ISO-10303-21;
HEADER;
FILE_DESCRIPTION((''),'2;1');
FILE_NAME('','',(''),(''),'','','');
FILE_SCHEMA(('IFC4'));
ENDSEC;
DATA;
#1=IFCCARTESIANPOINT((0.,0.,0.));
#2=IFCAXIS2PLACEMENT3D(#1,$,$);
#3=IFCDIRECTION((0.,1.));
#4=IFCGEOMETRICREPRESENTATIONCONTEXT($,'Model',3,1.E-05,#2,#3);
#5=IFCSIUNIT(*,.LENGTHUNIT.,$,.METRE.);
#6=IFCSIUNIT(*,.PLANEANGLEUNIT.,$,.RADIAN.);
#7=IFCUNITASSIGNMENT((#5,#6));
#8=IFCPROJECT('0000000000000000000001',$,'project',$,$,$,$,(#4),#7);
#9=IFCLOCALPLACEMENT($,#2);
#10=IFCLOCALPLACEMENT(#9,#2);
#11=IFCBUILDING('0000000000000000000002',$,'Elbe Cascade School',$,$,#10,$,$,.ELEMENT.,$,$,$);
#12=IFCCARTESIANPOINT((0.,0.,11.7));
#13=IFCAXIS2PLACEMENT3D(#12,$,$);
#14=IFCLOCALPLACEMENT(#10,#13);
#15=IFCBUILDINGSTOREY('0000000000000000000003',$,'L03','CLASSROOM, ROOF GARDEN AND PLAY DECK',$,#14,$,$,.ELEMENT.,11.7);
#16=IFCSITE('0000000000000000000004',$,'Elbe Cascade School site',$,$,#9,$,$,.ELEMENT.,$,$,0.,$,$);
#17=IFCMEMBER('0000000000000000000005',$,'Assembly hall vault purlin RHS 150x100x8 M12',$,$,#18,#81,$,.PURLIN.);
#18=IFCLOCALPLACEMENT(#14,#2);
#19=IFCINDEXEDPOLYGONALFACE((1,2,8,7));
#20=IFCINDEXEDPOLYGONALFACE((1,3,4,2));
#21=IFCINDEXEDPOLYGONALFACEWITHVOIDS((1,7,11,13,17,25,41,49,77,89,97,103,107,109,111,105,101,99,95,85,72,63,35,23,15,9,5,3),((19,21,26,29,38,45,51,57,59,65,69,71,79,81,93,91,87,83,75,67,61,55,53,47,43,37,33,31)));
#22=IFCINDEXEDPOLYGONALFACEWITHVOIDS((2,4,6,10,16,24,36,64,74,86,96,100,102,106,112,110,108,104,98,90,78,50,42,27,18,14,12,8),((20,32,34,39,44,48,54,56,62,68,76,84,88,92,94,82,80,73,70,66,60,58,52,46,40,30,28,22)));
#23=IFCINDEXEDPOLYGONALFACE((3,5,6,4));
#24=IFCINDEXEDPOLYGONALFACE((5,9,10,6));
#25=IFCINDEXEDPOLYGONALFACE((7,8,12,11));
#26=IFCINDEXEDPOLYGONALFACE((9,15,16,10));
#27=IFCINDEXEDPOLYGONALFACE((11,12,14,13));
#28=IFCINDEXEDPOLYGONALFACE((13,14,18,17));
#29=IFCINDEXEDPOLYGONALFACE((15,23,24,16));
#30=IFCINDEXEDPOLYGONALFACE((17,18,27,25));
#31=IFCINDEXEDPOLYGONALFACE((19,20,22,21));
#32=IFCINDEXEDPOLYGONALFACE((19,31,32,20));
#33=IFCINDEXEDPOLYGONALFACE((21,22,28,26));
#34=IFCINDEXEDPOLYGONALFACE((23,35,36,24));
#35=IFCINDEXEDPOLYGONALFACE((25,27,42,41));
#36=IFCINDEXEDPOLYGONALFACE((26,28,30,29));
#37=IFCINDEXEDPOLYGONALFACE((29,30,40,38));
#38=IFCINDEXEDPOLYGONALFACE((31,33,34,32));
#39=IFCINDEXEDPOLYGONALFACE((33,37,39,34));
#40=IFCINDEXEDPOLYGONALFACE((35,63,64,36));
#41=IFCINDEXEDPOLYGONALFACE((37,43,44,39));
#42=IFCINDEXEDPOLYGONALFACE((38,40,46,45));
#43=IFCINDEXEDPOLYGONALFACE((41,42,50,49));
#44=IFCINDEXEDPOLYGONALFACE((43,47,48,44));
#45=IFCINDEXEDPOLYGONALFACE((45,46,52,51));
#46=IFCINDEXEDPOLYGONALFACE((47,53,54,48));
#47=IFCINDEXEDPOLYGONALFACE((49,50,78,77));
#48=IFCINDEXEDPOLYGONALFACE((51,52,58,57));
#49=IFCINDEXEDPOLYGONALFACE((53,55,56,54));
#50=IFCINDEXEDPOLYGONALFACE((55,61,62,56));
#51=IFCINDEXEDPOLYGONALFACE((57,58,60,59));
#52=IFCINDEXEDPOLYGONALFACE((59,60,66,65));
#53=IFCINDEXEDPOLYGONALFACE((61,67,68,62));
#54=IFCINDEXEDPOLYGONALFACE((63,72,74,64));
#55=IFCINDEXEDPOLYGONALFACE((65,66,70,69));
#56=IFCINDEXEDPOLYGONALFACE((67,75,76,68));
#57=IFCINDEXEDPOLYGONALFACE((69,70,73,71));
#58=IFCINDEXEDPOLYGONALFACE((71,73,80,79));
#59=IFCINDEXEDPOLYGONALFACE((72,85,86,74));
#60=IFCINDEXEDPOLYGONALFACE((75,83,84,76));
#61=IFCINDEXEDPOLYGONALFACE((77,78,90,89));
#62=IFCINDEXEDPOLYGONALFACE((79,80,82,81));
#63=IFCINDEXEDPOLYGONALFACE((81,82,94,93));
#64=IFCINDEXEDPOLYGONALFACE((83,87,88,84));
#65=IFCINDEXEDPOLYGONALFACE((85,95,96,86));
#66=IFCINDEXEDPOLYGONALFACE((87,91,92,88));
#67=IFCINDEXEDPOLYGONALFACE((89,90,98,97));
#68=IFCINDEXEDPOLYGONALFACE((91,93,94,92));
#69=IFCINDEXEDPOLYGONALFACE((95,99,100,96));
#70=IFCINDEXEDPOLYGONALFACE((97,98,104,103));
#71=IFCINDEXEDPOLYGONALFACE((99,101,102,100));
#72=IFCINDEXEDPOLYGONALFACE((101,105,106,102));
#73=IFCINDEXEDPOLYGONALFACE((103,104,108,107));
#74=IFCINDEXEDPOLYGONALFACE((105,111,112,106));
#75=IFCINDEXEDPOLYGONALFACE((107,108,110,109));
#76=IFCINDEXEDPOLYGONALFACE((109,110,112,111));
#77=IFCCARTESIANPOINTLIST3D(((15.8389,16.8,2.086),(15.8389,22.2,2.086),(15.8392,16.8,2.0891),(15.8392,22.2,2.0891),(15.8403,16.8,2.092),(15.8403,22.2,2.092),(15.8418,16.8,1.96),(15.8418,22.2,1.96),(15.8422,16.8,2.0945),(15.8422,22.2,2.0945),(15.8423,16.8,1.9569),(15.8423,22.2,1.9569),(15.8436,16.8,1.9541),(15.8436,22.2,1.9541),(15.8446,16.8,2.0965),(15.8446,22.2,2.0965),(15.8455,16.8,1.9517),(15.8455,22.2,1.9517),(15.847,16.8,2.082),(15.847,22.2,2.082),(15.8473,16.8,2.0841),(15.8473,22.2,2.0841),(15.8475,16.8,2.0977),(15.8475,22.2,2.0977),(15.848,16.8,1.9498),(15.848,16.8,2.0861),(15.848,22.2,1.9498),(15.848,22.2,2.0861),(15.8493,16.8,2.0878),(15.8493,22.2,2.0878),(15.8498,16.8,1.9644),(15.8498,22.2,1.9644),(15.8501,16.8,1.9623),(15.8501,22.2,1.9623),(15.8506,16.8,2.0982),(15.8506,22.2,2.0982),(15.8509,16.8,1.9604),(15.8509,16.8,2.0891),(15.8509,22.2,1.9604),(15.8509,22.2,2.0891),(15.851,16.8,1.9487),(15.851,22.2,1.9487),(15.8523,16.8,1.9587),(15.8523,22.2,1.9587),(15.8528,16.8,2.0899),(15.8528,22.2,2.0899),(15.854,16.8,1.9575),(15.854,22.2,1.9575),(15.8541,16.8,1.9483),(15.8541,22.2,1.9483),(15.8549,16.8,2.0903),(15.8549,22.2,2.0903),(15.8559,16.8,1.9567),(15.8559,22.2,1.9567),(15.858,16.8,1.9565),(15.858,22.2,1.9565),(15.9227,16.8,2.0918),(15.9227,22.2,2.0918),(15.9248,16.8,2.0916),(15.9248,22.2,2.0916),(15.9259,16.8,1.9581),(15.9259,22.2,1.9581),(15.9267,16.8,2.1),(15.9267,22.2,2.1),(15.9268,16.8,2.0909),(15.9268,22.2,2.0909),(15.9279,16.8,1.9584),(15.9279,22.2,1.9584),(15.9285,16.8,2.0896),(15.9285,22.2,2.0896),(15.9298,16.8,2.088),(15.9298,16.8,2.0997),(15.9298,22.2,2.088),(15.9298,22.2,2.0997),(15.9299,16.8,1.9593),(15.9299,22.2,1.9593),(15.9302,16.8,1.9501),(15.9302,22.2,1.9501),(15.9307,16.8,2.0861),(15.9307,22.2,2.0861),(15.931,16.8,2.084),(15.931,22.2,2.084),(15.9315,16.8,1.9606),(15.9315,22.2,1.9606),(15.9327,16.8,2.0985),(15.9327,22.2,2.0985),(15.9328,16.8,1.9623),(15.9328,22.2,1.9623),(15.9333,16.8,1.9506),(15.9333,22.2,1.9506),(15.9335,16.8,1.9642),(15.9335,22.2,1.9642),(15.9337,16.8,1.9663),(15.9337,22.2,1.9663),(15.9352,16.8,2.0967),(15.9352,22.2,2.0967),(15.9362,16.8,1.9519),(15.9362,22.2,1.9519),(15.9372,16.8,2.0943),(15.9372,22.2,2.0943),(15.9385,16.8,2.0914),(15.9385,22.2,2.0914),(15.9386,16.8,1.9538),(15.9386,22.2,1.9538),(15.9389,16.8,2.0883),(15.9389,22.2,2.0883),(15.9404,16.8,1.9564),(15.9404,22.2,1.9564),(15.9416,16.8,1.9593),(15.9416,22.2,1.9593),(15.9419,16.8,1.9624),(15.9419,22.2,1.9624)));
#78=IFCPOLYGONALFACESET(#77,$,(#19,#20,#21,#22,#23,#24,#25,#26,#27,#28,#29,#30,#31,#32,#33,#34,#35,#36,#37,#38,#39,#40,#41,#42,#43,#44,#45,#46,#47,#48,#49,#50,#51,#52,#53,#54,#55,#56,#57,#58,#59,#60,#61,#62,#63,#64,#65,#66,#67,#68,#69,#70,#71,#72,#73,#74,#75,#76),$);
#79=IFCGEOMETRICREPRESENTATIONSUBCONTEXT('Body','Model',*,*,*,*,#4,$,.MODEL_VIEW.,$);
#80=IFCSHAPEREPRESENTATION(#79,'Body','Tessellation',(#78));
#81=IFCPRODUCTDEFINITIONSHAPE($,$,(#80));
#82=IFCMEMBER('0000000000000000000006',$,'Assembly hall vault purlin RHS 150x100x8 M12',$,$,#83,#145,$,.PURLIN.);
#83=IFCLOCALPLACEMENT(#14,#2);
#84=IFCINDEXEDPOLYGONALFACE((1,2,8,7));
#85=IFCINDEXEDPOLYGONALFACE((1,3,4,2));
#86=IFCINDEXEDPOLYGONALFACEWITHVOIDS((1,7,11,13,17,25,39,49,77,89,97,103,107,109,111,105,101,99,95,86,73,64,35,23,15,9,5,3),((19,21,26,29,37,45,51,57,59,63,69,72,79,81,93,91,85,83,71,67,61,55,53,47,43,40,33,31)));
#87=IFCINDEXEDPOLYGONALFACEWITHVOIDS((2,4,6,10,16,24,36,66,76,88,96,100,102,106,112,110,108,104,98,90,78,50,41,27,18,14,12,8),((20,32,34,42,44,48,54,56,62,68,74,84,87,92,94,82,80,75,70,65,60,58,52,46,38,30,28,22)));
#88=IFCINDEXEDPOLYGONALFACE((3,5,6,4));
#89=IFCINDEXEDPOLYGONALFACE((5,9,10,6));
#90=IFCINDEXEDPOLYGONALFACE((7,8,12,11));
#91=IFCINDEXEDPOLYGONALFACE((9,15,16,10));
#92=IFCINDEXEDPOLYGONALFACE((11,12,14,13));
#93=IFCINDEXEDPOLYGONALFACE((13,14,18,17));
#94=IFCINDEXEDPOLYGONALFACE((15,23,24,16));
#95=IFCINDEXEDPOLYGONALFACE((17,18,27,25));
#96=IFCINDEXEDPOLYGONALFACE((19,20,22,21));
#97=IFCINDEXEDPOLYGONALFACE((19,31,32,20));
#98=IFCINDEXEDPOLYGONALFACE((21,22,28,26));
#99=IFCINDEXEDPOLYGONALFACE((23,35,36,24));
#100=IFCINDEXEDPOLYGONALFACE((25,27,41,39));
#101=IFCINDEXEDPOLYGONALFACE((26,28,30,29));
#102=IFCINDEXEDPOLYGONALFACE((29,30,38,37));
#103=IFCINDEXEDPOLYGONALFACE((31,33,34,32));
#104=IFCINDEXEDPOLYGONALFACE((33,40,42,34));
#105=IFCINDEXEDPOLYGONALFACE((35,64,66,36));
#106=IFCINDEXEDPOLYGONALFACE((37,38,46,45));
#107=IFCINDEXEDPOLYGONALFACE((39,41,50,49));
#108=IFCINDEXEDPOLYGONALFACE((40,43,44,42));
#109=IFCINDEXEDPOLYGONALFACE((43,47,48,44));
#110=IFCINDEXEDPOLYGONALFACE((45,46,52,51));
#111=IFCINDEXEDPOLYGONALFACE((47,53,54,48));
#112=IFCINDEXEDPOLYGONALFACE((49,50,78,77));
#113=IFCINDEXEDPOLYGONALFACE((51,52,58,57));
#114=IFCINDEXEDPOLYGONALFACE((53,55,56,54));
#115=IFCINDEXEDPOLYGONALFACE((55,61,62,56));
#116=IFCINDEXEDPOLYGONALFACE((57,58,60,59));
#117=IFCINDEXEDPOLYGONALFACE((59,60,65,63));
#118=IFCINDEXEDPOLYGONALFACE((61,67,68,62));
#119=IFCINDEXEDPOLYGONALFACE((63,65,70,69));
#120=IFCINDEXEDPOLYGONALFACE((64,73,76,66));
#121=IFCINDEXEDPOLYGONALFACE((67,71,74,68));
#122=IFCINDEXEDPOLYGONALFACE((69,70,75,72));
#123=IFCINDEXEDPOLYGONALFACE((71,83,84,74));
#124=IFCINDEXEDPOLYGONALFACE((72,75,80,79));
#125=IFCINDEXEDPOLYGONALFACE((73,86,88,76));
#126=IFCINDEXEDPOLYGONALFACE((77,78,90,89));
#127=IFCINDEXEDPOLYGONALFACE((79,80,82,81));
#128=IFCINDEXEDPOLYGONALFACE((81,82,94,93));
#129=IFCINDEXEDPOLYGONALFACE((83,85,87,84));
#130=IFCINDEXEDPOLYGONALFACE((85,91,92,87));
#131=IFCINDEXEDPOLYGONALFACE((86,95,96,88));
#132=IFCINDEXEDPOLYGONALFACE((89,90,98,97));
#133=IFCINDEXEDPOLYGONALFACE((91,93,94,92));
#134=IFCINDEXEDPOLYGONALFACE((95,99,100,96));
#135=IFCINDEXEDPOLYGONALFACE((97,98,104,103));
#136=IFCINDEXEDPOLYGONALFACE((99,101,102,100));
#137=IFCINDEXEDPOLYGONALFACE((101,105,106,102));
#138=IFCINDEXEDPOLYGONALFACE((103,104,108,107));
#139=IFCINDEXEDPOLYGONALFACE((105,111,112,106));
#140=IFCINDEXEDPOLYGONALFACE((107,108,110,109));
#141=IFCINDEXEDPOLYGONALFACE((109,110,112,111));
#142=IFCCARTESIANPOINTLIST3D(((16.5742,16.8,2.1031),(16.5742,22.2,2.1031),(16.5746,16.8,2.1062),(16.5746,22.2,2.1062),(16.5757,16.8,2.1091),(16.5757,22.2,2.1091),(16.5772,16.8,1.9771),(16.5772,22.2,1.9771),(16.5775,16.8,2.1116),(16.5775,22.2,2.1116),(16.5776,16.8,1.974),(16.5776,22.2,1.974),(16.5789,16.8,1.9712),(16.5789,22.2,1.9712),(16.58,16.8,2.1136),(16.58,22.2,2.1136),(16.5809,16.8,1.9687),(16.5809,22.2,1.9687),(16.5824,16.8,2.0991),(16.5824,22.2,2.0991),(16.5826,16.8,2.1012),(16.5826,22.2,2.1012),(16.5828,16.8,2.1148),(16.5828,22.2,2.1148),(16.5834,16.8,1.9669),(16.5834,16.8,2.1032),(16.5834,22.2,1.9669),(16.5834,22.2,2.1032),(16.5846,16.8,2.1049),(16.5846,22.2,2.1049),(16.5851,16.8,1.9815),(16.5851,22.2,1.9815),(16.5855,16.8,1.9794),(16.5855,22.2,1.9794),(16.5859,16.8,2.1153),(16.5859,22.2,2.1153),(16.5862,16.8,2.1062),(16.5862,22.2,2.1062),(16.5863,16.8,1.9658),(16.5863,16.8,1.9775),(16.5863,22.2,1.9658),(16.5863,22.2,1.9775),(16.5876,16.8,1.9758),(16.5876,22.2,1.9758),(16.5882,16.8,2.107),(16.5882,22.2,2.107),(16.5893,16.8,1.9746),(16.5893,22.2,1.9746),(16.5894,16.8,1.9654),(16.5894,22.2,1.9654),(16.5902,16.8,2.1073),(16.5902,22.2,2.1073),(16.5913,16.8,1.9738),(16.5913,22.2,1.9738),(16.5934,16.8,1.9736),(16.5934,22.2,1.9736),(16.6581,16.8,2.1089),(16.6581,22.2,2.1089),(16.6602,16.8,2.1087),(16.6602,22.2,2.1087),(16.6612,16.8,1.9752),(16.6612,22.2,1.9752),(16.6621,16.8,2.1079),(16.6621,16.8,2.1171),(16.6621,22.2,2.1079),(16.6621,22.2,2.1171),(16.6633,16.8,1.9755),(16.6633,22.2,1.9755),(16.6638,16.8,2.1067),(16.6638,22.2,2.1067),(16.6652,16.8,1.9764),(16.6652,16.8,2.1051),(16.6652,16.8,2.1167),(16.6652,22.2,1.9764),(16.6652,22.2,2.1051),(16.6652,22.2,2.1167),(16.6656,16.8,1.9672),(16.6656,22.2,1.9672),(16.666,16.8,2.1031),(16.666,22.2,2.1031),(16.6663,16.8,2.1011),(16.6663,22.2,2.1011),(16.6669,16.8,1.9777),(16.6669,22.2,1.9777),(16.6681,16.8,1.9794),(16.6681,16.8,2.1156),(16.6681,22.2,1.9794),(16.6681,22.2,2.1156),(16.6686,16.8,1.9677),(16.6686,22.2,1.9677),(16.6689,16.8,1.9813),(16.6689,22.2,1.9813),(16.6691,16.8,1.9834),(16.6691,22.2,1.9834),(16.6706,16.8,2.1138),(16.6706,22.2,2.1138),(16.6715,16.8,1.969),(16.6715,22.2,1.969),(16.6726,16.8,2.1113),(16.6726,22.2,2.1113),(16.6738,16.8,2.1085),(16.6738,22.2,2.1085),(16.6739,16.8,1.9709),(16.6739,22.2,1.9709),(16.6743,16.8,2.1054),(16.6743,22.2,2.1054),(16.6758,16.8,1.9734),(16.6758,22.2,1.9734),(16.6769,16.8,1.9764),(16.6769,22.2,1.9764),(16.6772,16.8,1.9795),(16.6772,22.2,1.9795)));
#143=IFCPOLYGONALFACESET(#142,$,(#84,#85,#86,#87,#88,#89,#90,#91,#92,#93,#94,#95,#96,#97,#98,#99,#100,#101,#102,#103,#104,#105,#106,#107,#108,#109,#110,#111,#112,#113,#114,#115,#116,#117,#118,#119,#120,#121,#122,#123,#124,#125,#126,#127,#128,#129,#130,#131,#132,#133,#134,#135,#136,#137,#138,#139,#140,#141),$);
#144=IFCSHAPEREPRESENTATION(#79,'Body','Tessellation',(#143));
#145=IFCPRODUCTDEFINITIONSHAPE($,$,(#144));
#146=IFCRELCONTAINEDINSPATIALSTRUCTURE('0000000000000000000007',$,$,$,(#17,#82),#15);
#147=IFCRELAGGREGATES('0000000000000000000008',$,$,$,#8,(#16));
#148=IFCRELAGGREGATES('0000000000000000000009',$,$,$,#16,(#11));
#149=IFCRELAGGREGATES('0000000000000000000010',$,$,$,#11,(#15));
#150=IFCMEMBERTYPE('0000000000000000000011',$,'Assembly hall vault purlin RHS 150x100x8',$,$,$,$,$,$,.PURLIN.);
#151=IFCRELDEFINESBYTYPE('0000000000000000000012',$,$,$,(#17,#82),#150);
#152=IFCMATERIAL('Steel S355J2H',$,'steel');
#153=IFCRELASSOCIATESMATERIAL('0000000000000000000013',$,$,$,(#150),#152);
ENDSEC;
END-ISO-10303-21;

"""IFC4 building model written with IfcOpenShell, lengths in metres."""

from ifc_helpers import new_model, si_unit, direction, frame, origin, origin_2d, place, context, subcontext, project, spatial, hollow_rectangle, extrude, material, material_profile, profile_set, type_object, element, save


model = new_model("IFC4")

# Units and contexts
model_context = context("Model", 3, precision=1e-05, world=origin(), true_north=direction((0.0, 1.0)))
body_context = subcontext(model_context, "Body", "Model", "MODEL_VIEW")
ifc_project = project(units=[si_unit("LENGTHUNIT", "METRE"), si_unit("PLANEANGLEUNIT", "RADIAN")], contexts=[model_context])

# Site, building, storey
site_placement = place(None, origin())
site = spatial("IfcSite", under=ifc_project, at=site_placement, Name="Elbe Cascade School site", CompositionType="ELEMENT", RefElevation=0.0)
building_placement = place(site_placement, origin())
building = spatial("IfcBuilding", under=site, at=building_placement, Name="Elbe Cascade School", CompositionType="ELEMENT")
storey_placement = place(building_placement, frame((0.0, 0.0, 11.7)))
storey = spatial("IfcBuildingStorey", under=building, at=storey_placement, Name="L03", Description="CLASSROOM, ROOF GARDEN AND PLAY DECK", CompositionType="ELEMENT", Elevation=11.7)

# Members
ifc_material_1 = material(Name="Steel S355J2H", Category="steel")
ifc_material_profile_1 = material_profile(ifc_material_1, hollow_rectangle(XDim=0.1001, YDim=0.1499, WallThickness=0.0081, InnerFilletRadius=0.0081, OuterFilletRadius=0.012, at=origin_2d()), Name="RHS 150x100x8")
ifc_profile_set_1 = profile_set([ifc_material_profile_1], Name="Steel S355J2H")
member_type_1 = type_object("IfcMemberType", Name="Assembly hall vault purlin RHS 150x100x8", PredefinedType="PURLIN", material=ifc_profile_set_1)
for number, where, z_axis, x_axis, name in (
    (1, (15.8904, 16.8, 2.0242), (0.0, 1.0, 0.0), (-0.999727, 0.0, -0.023378), "Assembly hall vault purlin RHS 150x100x8 M12"),
    (2, (16.6257, 16.8, 2.0413), (0.0, 1.0, 0.0), (-0.999727, 0.0, -0.023378), "Assembly hall vault purlin RHS 150x100x8 M12"),
):
    element("IfcMember", number, at=place(storey_placement, frame(where, z_axis=z_axis, x_axis=x_axis)), inside=storey, type_object=member_type_1, Name=name, PredefinedType="PURLIN", context=body_context, shape_type="SweptSolid", body=[
        extrude(hollow_rectangle(XDim=0.1001, YDim=0.1499, WallThickness=0.0081, InnerFilletRadius=0.0081, OuterFilletRadius=0.012, at=origin_2d()), origin(), (0.0, 0.0, 1.0), 5.3999),
    ])

save(model, "model.ifc")
